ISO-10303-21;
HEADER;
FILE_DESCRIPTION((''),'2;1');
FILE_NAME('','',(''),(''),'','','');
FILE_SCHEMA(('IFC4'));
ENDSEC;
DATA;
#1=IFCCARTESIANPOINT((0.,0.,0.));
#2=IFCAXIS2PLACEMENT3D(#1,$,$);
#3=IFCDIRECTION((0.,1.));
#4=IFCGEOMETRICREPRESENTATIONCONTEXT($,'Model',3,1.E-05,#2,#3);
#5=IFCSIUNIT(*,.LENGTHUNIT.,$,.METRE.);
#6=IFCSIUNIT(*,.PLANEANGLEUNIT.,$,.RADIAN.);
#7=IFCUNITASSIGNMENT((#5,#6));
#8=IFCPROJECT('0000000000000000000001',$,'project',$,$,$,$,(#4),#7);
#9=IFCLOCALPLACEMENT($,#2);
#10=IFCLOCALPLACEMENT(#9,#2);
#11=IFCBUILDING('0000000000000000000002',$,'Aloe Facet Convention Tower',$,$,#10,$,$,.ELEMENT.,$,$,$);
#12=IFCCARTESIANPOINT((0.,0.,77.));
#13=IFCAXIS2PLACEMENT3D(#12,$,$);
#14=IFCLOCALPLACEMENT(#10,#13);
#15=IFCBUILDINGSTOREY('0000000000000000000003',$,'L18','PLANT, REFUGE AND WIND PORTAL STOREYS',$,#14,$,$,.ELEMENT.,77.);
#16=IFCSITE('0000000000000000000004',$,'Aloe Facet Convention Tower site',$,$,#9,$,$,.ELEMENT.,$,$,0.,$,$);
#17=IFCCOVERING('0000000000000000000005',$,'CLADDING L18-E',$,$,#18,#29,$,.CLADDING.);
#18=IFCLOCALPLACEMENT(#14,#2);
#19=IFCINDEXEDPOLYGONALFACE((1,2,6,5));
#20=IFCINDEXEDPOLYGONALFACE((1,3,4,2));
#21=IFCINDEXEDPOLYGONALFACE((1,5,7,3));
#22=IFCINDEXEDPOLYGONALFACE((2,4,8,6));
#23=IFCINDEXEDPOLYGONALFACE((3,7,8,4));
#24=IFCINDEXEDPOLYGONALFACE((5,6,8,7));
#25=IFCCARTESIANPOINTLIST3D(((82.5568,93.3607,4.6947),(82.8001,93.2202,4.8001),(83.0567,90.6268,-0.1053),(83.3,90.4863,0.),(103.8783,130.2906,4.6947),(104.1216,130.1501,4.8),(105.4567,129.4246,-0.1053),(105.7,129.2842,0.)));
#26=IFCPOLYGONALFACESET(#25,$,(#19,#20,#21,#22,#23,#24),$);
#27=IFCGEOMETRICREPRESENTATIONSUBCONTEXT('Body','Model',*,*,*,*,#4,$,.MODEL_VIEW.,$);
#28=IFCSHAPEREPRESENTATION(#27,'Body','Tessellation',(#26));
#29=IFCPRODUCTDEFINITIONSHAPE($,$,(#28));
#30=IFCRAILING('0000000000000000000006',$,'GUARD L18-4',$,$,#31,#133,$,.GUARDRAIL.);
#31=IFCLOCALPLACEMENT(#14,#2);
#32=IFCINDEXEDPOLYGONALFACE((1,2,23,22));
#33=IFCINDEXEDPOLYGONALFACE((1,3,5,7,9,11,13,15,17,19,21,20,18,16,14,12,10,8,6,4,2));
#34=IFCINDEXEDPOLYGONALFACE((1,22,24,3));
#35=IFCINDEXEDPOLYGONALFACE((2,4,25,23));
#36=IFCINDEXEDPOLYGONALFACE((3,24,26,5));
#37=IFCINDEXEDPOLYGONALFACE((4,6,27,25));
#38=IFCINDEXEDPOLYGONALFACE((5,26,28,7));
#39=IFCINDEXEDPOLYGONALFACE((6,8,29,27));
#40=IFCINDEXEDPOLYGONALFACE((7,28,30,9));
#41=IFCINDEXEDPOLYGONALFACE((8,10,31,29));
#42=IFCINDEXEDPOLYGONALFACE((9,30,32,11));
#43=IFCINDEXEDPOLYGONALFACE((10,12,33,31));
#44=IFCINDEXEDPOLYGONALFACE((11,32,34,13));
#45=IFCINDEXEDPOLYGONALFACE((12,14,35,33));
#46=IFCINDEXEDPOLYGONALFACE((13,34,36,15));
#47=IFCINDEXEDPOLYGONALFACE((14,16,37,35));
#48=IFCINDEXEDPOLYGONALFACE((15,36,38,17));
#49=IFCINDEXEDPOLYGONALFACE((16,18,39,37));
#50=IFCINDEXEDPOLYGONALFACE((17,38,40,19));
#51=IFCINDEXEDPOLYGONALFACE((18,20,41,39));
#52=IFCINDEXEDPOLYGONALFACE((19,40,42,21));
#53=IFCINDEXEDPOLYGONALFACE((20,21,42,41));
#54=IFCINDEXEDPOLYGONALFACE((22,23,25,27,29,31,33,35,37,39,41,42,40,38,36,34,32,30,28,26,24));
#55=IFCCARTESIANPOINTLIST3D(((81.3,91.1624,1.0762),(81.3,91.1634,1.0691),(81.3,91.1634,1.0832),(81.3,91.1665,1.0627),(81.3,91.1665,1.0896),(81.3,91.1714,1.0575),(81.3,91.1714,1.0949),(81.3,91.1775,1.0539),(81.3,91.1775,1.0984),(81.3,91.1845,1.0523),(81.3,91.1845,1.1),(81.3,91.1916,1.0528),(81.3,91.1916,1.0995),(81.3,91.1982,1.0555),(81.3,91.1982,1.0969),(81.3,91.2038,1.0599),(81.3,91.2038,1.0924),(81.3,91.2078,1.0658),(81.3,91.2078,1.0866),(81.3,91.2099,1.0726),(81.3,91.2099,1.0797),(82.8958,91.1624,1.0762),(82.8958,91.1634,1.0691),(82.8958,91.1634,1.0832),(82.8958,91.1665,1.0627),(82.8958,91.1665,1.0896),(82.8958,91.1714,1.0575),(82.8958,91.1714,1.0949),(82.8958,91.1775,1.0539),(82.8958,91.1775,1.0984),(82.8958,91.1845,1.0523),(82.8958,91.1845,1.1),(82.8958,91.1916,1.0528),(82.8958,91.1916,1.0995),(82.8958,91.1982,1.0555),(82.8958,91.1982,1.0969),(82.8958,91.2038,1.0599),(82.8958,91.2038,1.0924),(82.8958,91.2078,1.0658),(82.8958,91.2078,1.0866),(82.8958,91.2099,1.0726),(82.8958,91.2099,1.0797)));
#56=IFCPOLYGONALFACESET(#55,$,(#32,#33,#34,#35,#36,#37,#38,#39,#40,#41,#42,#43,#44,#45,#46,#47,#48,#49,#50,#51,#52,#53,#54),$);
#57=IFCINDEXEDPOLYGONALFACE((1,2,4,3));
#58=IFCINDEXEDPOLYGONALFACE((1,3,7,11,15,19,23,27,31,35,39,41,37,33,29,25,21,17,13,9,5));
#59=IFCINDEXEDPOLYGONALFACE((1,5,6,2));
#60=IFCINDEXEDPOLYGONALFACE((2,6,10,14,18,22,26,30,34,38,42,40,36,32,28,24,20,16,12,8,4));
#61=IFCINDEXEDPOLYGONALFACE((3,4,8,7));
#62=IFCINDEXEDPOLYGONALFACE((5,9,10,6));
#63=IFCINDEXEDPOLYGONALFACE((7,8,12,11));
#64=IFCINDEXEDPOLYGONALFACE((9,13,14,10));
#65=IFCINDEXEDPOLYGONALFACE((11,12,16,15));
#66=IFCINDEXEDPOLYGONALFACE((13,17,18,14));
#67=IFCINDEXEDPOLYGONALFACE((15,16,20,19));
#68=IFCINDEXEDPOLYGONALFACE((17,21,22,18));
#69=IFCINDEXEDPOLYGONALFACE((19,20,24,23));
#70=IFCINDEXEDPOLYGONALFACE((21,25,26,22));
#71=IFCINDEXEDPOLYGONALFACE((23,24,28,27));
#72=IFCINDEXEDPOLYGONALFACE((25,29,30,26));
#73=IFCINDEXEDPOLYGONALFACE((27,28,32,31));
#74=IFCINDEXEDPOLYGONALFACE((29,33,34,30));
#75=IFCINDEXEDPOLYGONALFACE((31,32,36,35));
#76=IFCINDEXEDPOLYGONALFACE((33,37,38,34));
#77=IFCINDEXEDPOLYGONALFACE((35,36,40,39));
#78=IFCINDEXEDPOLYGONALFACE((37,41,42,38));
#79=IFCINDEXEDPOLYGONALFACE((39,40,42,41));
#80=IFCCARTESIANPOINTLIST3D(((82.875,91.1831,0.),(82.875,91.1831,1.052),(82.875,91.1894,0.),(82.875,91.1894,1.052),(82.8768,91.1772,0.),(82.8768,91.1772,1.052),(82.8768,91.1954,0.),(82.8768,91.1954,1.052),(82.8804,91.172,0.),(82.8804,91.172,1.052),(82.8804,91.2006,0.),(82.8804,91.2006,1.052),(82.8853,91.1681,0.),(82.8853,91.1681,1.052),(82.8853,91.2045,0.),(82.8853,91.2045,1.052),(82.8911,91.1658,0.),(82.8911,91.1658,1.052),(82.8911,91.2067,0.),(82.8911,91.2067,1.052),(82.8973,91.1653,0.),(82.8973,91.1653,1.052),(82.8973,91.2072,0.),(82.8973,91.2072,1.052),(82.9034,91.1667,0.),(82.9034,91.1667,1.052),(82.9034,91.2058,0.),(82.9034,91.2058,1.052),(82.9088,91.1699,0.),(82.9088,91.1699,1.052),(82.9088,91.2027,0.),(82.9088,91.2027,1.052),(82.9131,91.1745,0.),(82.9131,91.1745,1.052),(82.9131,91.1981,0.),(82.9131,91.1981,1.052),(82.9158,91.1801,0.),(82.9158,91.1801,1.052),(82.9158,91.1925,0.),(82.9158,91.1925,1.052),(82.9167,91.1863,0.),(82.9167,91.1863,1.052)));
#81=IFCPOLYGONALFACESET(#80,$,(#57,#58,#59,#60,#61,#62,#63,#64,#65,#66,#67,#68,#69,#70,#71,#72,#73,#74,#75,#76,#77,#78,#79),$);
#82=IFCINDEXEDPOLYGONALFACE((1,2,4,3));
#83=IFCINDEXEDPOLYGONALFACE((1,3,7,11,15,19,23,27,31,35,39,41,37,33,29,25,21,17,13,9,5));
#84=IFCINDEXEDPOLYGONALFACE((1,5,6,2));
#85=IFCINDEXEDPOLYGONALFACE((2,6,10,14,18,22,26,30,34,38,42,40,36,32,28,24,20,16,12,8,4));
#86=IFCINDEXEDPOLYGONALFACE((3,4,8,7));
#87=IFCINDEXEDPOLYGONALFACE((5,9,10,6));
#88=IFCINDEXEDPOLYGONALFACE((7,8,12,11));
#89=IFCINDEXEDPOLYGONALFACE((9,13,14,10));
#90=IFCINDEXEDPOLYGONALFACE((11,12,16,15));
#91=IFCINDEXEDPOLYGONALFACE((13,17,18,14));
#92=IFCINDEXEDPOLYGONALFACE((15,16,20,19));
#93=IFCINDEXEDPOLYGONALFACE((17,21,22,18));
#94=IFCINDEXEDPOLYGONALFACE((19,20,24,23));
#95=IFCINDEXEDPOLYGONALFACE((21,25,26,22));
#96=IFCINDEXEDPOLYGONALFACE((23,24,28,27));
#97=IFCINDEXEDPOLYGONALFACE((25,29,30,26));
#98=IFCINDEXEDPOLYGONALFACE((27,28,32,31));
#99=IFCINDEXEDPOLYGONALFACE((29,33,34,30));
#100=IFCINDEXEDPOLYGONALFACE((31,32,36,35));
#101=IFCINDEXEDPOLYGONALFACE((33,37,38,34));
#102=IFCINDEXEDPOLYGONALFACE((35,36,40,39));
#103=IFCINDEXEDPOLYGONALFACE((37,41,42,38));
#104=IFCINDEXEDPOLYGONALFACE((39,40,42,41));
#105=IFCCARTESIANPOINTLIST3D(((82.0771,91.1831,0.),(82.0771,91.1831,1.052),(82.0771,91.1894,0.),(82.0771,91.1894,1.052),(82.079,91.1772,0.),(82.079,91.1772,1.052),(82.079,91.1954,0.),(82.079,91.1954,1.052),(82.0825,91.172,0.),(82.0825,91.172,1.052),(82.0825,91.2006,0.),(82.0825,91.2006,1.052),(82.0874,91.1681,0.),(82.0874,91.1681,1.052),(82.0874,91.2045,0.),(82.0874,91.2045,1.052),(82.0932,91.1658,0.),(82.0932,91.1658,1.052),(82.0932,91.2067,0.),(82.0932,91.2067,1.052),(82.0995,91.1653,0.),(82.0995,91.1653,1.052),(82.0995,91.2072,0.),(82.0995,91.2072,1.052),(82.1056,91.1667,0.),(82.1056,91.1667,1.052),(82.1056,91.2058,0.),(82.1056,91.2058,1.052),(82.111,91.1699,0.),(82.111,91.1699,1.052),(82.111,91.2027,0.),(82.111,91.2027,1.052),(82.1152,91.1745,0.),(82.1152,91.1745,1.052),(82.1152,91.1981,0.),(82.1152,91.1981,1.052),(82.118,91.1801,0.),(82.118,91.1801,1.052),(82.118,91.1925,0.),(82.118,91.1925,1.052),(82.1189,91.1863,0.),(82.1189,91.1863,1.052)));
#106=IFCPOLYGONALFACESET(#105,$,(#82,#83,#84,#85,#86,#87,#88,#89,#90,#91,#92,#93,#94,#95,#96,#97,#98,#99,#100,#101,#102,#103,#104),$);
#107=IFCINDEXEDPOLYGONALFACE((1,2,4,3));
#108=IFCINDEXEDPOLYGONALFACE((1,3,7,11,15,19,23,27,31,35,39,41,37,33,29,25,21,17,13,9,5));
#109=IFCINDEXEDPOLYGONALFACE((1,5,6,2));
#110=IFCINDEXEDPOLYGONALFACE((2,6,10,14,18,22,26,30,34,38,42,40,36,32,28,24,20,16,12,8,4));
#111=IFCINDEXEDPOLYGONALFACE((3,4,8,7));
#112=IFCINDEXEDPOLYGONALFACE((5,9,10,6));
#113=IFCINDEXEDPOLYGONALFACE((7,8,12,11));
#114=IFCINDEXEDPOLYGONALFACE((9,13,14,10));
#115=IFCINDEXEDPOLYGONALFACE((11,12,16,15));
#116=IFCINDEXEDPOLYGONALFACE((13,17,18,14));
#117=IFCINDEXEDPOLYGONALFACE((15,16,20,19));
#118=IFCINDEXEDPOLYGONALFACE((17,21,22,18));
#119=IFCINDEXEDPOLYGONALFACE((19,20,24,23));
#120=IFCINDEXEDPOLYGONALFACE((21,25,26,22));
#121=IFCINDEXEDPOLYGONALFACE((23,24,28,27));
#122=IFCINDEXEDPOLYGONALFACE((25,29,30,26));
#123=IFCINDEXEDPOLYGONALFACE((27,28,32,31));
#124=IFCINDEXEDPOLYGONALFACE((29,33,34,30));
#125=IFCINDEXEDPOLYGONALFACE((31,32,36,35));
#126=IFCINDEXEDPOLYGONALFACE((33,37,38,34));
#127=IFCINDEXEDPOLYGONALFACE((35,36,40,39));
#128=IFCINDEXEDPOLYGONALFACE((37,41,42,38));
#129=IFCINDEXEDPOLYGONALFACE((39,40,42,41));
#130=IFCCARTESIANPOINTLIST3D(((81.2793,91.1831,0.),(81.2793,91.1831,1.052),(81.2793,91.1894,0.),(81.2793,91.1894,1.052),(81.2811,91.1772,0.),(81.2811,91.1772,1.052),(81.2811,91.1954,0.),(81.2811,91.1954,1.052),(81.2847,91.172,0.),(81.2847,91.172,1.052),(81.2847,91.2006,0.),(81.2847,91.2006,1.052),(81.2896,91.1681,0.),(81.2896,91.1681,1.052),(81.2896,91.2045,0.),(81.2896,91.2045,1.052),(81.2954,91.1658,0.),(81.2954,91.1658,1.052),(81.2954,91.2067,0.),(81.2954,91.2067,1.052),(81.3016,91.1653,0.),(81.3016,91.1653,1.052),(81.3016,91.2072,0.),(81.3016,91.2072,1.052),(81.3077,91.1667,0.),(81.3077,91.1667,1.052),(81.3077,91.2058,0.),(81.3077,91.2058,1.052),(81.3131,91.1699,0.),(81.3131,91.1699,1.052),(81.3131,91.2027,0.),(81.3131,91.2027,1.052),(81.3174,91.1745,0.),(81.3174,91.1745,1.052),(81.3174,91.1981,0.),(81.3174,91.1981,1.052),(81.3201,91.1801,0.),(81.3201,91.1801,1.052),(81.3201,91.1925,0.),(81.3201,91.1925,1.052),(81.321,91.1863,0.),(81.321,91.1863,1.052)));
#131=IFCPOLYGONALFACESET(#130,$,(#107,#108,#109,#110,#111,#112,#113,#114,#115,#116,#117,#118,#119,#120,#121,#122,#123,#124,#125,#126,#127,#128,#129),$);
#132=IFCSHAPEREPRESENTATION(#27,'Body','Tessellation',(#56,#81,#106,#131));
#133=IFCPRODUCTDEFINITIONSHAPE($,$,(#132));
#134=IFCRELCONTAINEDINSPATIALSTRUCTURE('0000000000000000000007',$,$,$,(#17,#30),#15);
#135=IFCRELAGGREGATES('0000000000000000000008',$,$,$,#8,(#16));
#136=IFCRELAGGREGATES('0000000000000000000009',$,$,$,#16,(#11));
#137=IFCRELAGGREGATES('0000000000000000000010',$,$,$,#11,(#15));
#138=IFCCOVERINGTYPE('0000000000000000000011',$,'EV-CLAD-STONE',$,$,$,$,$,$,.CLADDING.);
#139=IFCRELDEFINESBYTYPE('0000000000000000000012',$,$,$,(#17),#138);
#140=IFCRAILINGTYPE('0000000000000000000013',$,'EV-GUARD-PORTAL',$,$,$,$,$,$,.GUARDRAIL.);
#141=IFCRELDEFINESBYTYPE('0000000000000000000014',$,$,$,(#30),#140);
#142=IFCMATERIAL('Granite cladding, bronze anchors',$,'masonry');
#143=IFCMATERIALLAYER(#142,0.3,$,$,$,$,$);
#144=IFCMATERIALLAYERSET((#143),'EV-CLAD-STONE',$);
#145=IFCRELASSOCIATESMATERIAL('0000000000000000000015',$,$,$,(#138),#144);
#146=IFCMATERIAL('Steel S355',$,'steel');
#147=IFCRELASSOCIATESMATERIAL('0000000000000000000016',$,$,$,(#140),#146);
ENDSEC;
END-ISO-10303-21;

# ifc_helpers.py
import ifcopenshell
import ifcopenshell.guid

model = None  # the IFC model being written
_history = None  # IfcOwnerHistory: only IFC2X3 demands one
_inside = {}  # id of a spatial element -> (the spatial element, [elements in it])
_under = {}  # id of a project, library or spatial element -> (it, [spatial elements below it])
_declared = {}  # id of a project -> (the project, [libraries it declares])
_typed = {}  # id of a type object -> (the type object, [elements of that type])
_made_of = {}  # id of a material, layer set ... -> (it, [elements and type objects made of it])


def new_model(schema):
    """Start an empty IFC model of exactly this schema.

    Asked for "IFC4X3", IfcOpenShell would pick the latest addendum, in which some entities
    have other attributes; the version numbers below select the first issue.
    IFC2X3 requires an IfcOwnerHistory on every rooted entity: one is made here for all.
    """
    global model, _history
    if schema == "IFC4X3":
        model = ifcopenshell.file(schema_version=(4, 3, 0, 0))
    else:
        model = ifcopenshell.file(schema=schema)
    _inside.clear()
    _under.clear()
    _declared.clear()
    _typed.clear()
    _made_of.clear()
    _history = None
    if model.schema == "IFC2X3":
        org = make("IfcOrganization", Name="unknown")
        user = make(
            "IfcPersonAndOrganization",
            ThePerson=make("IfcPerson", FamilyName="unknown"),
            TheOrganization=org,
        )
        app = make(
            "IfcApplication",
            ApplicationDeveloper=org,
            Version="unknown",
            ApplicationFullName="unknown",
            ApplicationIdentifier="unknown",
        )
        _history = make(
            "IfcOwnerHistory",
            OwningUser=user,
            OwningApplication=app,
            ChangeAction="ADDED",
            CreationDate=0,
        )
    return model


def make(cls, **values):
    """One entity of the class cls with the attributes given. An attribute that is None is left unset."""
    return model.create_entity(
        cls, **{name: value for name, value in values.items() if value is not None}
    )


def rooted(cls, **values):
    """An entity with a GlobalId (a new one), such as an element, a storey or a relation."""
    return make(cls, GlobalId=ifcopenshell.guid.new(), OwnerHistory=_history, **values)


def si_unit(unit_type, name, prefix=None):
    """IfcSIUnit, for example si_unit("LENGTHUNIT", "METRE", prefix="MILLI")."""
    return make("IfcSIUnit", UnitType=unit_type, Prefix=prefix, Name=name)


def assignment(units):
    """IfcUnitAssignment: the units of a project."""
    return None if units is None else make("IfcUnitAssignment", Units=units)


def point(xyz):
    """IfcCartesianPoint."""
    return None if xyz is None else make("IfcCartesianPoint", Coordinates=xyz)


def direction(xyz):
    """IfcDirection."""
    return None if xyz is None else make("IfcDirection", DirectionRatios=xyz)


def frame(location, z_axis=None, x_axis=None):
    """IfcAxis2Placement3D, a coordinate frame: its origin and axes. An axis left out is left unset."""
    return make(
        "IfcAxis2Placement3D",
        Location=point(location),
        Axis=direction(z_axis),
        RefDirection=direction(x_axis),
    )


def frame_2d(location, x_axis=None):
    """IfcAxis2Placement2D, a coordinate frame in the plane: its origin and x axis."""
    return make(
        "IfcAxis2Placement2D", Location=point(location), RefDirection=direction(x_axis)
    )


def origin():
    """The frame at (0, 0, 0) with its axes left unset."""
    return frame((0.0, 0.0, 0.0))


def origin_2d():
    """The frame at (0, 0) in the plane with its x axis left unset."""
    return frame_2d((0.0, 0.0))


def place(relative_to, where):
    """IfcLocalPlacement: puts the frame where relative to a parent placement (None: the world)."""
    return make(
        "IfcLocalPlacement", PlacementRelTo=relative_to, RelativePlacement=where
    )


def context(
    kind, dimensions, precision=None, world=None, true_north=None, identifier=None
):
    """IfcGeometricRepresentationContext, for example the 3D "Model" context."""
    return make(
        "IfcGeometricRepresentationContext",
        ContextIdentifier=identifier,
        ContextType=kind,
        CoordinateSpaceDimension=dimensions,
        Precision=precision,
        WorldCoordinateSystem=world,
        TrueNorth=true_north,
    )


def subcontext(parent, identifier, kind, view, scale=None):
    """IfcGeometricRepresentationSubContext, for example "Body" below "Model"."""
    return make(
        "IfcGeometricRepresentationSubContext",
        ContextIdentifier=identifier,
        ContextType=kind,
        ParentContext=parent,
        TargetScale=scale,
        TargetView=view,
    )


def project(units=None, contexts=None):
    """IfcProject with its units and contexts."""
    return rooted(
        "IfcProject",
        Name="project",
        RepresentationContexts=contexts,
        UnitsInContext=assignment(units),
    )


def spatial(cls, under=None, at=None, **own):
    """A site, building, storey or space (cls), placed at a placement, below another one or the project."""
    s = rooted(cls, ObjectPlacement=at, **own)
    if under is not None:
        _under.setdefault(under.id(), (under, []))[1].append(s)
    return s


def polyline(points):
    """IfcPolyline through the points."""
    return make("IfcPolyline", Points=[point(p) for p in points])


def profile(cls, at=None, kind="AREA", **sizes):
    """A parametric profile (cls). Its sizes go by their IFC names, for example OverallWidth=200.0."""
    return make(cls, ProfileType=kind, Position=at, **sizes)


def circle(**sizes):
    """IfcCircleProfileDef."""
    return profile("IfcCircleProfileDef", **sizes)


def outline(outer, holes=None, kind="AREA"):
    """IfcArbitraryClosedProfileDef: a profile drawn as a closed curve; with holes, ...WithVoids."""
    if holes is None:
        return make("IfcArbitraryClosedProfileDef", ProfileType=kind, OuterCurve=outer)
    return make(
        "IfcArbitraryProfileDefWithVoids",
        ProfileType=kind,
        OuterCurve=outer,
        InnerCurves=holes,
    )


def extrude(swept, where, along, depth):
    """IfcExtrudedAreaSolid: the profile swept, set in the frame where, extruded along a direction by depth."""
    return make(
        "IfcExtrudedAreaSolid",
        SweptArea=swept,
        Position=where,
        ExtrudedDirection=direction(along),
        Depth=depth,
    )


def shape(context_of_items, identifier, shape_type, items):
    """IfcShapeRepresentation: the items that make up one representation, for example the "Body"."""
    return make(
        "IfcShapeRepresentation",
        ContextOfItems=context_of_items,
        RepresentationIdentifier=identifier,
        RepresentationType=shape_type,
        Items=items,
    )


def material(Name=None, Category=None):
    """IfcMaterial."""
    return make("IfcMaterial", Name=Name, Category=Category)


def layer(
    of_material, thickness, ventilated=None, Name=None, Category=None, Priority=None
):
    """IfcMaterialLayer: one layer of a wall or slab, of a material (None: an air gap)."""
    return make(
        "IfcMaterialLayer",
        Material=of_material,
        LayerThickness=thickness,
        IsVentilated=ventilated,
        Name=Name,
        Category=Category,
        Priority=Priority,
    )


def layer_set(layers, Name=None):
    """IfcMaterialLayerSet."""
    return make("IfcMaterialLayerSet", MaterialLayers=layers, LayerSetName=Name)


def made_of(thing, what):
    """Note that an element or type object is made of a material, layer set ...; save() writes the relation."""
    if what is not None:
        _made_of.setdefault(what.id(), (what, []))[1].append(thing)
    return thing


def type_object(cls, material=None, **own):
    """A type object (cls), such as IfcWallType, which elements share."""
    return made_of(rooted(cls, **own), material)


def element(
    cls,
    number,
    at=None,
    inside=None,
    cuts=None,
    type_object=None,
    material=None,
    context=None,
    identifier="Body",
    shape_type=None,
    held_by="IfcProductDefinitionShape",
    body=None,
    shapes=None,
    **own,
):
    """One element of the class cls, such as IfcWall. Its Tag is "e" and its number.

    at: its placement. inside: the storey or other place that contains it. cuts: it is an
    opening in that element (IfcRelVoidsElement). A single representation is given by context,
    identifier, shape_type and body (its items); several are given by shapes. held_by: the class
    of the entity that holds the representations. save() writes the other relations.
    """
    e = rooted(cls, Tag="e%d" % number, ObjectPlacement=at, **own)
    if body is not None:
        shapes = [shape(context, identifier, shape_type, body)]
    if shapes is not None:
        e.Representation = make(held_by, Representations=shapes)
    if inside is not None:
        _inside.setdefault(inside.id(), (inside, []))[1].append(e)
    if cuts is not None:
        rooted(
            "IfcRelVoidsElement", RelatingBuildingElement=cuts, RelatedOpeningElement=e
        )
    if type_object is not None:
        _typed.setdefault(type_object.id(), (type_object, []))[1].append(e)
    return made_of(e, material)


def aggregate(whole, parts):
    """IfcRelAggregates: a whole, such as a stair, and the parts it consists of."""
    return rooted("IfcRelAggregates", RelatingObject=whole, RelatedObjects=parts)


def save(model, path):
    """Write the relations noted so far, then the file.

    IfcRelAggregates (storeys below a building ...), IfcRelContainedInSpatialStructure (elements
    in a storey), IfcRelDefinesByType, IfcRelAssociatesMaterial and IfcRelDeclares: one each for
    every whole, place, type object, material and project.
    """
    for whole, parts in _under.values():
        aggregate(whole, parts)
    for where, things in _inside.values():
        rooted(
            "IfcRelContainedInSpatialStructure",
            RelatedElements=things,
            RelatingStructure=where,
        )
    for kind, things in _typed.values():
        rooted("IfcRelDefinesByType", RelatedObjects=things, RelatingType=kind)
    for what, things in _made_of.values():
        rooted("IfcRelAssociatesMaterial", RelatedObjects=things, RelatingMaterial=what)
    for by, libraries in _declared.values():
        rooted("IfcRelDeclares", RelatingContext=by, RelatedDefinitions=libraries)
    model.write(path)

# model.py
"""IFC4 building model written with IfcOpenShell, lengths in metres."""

from ifc_helpers import new_model, si_unit, direction, frame, origin, origin_2d, place, context, subcontext, project, spatial, polyline, circle, outline, extrude, material, layer, layer_set, type_object, element, save


model = new_model("IFC4")

# Units and contexts
model_context = context("Model", 3, precision=1e-05, world=origin(), true_north=direction((0.0, 1.0)))
body_context = subcontext(model_context, "Body", "Model", "MODEL_VIEW")
ifc_project = project(units=[si_unit("LENGTHUNIT", "METRE"), si_unit("PLANEANGLEUNIT", "RADIAN")], contexts=[model_context])

# Site, building, storey
site_placement = place(None, origin())
site = spatial("IfcSite", under=ifc_project, at=site_placement, Name="Aloe Facet Convention Tower site", CompositionType="ELEMENT", RefElevation=0.0)
building_placement = place(site_placement, origin())
building = spatial("IfcBuilding", under=site, at=building_placement, Name="Aloe Facet Convention Tower", CompositionType="ELEMENT")
storey_placement = place(building_placement, frame((0.0, 0.0, 77.0)))
storey = spatial("IfcBuildingStorey", under=building, at=storey_placement, Name="L18", Description="PLANT, REFUGE AND WIND PORTAL STOREYS", CompositionType="ELEMENT", Elevation=77.0)

# Covering
ifc_material_1 = material(Name="Granite cladding, bronze anchors", Category="masonry")
ifc_layer_1 = layer(ifc_material_1, 0.3)
ifc_layer_set_1 = layer_set([ifc_layer_1], Name="EV-CLAD-STONE")
covering_type = type_object("IfcCoveringType", Name="EV-CLAD-STONE", PredefinedType="CLADDING", material=ifc_layer_set_1)
covering_1_placement = place(storey_placement, frame((83.3, 90.4863, 0.0), z_axis=(0.81089, -0.468167, 0.351107), x_axis=(0.5, 0.866026, 0.0)))
element("IfcCovering", 1, at=covering_1_placement, inside=storey, type_object=covering_type, Name="CLADDING L18-E", PredefinedType="CLADDING", context=body_context, shape_type="SweptSolid", body=[
    extrude(outline(polyline([(0.0, 0.0), (44.7999, 0.0), (44.7606, 5.1264), (2.1176, 5.1264), (0.0, 0.0)])), origin(), (0.0, 0.0, -1.0), 0.3),
])

# Railing
ifc_material_2 = material(Name="Steel S355", Category="steel")
railing_type = type_object("IfcRailingType", Name="EV-GUARD-PORTAL", PredefinedType="GUARDRAIL", material=ifc_material_2)
for number, where, name in (
    (2, (82.8958, 91.1863, 0.0), "GUARD L18-4"),
):
    element("IfcRailing", number, at=place(storey_placement, frame(where)), inside=storey, type_object=railing_type, Name=name, PredefinedType="GUARDRAIL", context=body_context, shape_type="SweptSolid", body=[
        extrude(circle(Radius=0.0239, at=origin_2d()), frame((0.0, 0.0, 1.0762), z_axis=(-1.0, 0.0, 0.0), x_axis=(0.0, -1.0, 0.0)), (0.0, 0.0, 1.0), 1.5957),
        extrude(circle(Radius=0.021, at=origin_2d()), origin(), (0.0, 0.0, 1.0), 1.052),
        extrude(circle(Radius=0.021, at=origin_2d()), frame((-0.7979, 0.0, 0.0)), (0.0, 0.0, 1.0), 1.052),
        extrude(circle(Radius=0.021, at=origin_2d()), frame((-1.5957, 0.0, 0.0)), (0.0, 0.0, 1.0), 1.052),
    ])

save(model, "model.ifc")
